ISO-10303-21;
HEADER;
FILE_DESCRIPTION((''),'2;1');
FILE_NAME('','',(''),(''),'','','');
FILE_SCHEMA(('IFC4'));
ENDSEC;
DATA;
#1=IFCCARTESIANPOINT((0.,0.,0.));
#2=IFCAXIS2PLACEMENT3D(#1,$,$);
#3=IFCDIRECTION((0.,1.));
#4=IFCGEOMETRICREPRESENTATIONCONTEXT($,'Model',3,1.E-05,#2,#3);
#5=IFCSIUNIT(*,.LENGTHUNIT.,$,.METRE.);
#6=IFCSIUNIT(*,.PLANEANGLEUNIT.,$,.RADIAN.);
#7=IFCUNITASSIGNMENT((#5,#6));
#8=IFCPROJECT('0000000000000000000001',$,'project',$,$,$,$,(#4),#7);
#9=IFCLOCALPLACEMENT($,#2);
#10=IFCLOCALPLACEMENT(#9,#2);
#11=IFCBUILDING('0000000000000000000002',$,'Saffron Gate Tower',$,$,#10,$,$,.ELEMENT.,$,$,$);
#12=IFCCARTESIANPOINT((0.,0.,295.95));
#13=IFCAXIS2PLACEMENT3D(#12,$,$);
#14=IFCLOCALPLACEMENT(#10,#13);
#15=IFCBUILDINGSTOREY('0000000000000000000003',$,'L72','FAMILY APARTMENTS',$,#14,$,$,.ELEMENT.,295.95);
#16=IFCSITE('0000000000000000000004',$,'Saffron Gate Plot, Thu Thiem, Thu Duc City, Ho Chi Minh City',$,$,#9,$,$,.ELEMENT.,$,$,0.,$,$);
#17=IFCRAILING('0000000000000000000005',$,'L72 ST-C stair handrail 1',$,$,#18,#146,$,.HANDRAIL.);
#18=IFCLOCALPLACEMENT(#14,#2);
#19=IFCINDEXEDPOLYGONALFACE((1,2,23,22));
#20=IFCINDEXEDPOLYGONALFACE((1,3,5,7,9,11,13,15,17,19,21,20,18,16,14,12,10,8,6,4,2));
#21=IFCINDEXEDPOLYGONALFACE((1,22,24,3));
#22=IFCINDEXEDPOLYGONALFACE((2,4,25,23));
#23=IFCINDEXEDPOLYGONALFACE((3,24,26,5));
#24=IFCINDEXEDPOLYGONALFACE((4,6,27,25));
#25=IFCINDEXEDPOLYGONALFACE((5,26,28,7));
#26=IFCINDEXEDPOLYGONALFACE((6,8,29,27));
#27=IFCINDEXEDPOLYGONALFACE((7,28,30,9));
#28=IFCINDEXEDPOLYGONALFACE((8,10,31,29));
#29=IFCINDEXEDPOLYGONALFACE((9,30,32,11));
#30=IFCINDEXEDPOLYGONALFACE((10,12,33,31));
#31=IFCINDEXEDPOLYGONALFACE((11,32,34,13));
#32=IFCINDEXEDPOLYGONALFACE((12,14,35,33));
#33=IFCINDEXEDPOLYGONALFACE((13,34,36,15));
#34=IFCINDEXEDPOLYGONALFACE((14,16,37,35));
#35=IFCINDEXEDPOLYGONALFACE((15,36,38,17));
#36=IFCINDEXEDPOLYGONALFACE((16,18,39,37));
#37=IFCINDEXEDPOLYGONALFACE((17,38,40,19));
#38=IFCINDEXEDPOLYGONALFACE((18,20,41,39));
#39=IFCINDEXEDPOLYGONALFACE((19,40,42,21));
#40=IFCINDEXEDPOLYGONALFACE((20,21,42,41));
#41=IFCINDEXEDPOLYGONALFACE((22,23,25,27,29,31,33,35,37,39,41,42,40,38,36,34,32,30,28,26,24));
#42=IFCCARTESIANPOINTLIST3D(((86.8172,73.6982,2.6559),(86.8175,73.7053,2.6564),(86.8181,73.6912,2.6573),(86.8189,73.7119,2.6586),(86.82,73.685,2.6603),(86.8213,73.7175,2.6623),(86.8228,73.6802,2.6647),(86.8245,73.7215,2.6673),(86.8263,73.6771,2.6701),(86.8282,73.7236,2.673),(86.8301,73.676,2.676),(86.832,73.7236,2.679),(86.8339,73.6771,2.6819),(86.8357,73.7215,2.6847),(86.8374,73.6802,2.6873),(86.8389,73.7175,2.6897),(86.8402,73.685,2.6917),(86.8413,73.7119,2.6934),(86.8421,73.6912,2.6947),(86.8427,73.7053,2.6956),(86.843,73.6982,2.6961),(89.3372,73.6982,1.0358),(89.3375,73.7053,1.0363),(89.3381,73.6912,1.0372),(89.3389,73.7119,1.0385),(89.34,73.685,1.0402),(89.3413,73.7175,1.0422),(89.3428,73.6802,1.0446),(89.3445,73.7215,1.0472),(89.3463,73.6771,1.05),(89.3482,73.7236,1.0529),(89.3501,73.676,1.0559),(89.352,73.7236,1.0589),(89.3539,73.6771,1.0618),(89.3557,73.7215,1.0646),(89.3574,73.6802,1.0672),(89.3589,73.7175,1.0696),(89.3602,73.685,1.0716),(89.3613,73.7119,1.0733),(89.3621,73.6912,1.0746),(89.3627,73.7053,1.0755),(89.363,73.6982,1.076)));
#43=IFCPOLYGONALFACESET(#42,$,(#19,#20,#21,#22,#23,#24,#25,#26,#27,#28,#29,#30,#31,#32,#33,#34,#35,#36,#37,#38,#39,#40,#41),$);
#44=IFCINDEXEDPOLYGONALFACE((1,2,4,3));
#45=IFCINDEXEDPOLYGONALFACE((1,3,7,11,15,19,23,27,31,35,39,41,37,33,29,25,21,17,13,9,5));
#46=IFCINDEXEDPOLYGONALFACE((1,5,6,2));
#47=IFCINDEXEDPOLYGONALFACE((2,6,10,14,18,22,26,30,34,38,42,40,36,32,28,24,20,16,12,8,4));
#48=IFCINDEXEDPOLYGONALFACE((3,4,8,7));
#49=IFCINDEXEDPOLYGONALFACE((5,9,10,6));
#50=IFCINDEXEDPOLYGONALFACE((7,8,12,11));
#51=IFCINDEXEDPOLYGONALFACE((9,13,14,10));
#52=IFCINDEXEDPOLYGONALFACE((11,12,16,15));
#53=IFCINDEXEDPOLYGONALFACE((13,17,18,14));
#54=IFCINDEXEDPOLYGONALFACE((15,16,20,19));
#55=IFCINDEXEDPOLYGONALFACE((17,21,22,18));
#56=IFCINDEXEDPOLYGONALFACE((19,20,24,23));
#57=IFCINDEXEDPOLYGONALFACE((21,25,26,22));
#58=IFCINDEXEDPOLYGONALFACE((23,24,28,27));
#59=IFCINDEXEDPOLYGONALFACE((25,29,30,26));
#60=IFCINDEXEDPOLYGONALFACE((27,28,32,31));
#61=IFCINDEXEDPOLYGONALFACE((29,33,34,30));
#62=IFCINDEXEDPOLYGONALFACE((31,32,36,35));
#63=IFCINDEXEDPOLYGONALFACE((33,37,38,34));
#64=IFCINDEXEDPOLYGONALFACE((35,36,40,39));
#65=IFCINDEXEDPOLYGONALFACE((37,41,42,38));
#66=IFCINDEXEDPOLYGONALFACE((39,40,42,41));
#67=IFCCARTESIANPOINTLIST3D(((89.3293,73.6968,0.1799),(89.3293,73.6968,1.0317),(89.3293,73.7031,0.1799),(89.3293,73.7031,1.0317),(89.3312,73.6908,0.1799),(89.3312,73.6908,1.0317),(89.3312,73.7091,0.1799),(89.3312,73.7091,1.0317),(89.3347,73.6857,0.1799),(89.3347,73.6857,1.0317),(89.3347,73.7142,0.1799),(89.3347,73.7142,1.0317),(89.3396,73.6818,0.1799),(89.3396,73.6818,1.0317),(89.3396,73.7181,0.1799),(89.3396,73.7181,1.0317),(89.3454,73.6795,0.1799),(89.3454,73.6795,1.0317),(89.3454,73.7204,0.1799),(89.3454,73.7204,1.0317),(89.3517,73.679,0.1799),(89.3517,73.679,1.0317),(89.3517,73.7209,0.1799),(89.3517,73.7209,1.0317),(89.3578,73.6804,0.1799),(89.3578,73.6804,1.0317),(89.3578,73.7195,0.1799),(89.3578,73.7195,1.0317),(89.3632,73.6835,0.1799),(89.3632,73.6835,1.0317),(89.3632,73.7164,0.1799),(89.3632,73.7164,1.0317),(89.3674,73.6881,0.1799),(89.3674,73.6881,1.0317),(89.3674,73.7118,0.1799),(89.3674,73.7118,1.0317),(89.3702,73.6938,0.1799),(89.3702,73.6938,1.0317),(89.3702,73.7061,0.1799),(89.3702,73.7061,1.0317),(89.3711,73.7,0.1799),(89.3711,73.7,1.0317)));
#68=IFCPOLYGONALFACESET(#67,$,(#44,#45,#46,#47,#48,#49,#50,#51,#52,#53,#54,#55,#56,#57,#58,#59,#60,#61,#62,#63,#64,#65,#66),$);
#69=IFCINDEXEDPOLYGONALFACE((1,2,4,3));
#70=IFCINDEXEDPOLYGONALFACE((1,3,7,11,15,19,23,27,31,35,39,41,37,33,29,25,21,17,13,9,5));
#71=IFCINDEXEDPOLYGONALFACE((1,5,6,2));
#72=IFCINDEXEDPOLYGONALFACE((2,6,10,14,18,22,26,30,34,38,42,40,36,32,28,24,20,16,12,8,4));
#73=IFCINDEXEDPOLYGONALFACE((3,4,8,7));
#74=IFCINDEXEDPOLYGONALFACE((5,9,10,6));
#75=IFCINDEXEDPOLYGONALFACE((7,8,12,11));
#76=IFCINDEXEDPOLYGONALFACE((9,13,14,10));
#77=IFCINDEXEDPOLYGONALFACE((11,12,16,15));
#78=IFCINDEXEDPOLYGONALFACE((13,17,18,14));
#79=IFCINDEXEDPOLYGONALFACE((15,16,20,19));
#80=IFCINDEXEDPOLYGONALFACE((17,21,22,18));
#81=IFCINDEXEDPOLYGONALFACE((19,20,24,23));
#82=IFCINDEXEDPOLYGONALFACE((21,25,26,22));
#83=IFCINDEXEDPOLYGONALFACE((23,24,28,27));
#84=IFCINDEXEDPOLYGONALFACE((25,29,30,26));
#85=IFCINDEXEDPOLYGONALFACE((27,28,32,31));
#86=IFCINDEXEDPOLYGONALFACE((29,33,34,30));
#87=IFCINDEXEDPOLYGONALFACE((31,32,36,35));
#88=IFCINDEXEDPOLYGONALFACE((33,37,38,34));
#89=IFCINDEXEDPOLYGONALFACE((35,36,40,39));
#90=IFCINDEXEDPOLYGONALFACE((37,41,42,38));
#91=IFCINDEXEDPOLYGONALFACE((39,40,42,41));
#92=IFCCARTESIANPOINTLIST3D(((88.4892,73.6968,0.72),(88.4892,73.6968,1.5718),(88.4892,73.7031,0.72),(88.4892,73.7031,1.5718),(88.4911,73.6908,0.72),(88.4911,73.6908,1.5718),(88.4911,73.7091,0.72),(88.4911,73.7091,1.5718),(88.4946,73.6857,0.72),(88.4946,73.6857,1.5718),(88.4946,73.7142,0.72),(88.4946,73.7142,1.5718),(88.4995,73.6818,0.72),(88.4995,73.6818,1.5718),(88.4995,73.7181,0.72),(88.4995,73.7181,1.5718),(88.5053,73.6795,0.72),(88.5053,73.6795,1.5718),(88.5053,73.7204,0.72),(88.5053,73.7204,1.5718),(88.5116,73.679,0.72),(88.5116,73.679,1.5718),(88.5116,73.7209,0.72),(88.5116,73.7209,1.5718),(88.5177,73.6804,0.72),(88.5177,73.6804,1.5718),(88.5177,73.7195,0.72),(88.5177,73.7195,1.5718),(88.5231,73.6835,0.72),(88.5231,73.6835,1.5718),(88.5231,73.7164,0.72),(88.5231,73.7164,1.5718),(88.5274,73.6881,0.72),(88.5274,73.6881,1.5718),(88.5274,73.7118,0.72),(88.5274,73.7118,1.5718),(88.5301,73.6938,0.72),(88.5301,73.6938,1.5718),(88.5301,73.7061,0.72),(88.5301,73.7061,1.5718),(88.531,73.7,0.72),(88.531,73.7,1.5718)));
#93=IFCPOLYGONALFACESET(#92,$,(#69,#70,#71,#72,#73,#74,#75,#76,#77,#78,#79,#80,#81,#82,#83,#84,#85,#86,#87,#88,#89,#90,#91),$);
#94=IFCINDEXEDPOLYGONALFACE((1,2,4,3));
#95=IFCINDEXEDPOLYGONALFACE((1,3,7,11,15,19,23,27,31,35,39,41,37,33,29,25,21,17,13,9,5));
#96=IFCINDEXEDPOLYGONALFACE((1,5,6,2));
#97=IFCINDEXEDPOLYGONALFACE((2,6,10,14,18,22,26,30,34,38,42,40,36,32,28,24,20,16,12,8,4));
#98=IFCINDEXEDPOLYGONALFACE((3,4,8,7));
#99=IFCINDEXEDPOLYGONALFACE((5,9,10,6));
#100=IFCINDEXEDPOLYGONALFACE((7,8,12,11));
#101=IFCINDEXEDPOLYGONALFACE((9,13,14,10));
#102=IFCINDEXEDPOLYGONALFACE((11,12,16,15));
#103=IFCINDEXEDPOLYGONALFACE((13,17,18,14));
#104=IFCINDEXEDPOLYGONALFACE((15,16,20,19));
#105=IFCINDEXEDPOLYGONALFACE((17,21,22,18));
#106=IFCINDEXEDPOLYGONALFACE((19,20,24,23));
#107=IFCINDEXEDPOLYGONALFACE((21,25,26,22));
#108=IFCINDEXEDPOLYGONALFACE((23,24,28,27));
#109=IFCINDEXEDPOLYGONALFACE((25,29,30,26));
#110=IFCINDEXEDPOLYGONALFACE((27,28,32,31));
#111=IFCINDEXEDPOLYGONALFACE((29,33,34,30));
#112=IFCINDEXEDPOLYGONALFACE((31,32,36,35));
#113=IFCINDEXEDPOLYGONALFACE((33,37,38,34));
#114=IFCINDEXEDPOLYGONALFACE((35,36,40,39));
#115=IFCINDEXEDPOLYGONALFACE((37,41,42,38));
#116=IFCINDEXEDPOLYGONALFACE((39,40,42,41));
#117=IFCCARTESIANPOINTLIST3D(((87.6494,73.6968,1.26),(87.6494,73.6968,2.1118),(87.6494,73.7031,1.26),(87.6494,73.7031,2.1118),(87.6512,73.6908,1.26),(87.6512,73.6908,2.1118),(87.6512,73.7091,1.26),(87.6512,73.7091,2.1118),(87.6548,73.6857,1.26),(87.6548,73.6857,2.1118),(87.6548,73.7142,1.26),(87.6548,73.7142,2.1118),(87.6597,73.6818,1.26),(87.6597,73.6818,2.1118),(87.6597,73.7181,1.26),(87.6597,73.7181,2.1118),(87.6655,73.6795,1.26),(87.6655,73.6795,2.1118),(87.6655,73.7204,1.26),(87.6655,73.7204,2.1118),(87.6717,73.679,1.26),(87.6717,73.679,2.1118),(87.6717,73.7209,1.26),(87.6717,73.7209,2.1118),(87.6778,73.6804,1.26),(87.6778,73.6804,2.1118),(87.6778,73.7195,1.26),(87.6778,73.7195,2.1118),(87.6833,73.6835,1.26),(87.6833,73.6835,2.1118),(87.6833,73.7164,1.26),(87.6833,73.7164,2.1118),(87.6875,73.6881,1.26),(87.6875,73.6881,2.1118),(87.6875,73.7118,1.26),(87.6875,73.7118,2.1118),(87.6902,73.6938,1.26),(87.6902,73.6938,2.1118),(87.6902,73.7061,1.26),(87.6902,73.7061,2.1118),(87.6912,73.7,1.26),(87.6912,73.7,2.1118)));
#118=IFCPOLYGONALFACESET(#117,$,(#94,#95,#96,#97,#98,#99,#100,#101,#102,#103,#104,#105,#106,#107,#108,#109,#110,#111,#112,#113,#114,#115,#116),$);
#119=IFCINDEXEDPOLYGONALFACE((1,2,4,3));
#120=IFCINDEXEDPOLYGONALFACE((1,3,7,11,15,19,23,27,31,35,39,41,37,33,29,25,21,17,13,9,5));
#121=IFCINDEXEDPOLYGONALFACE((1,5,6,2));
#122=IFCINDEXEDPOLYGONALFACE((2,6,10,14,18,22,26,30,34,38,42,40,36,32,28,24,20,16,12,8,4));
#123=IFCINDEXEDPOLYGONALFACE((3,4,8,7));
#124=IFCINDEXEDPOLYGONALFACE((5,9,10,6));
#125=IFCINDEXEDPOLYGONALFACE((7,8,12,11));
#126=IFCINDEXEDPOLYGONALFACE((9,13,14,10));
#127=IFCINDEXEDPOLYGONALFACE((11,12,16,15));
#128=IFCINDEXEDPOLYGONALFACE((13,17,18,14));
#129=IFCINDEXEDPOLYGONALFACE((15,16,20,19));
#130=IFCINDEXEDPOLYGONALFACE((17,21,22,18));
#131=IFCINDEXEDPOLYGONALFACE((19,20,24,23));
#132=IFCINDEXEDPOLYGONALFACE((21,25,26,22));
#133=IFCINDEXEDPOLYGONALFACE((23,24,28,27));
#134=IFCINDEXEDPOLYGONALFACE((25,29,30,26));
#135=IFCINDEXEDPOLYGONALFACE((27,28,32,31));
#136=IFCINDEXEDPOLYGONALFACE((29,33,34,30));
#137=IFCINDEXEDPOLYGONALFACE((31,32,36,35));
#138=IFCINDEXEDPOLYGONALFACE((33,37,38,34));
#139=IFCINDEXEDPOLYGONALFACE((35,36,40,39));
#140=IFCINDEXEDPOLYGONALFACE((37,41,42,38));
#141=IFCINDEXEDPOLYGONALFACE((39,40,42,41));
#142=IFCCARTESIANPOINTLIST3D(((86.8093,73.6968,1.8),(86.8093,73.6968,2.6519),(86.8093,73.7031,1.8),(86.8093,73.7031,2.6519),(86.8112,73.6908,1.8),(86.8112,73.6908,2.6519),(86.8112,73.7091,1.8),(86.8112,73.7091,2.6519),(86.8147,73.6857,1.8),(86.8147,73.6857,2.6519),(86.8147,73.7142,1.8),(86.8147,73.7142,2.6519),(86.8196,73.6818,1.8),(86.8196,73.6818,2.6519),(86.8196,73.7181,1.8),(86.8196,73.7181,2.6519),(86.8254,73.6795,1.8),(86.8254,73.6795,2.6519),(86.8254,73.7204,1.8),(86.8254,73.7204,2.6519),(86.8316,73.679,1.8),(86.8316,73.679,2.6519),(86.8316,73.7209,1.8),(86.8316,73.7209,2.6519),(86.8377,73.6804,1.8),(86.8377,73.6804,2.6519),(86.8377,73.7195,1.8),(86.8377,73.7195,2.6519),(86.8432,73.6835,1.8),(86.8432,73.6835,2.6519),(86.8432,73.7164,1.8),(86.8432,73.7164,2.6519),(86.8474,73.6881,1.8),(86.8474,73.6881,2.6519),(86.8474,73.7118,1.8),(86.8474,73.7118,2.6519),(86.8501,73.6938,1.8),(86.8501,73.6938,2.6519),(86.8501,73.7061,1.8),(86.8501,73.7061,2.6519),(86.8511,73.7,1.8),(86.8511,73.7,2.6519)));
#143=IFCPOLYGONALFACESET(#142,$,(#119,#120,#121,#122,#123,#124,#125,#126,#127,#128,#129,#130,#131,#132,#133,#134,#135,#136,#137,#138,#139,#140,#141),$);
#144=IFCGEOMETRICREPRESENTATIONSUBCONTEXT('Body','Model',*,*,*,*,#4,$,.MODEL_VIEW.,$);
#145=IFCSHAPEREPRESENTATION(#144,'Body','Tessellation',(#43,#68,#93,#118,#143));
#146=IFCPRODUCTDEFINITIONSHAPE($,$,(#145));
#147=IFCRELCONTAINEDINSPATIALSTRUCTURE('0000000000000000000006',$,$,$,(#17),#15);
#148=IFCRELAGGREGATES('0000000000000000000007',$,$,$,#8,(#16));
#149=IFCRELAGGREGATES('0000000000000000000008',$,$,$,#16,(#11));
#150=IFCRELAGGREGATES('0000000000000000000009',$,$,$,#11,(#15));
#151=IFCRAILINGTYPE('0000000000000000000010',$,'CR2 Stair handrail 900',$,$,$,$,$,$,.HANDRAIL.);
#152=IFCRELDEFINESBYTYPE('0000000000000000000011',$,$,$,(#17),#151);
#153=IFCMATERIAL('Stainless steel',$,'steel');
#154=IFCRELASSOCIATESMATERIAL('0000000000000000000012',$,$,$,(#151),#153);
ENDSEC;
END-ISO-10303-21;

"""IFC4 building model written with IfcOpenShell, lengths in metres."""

from ifc_helpers import new_model, si_unit, direction, frame, origin, origin_2d, place, context, subcontext, project, spatial, circle, extrude, material, type_object, element, save


model = new_model("IFC4")

# Units and contexts
model_context = context("Model", 3, precision=1e-05, world=origin(), true_north=direction((0.0, 1.0)))
body_context = subcontext(model_context, "Body", "Model", "MODEL_VIEW")
ifc_project = project(units=[si_unit("LENGTHUNIT", "METRE"), si_unit("PLANEANGLEUNIT", "RADIAN")], contexts=[model_context])

# Site, building, storey
site_placement = place(None, origin())
site = spatial("IfcSite", under=ifc_project, at=site_placement, Name="Saffron Gate Plot, Thu Thiem, Thu Duc City, Ho Chi Minh City", CompositionType="ELEMENT", RefElevation=0.0)
building_placement = place(site_placement, origin())
building = spatial("IfcBuilding", under=site, at=building_placement, Name="Saffron Gate Tower", CompositionType="ELEMENT")
storey_placement = place(building_placement, frame((0.0, 0.0, 295.95)))
storey = spatial("IfcBuildingStorey", under=building, at=storey_placement, Name="L72", Description="FAMILY APARTMENTS", CompositionType="ELEMENT", Elevation=295.95)

# Railing
ifc_material_1 = material(Name="Stainless steel", Category="steel")
railing_type_1 = type_object("IfcRailingType", Name="CR2 Stair handrail 900", PredefinedType="HANDRAIL", material=ifc_material_1)
railing_1_placement = place(storey_placement, frame((89.3501, 73.7, 0.1799)))
element("IfcRailing", 1, at=railing_1_placement, inside=storey, type_object=railing_type_1, Name="L72 ST-C stair handrail 1", PredefinedType="HANDRAIL", context=body_context, shape_type="SweptSolid", body=[
    extrude(circle(Radius=0.0239, at=origin_2d()), frame((0.0, 0.0, 0.876), z_axis=(-0.841163, 0.0, 0.540782), x_axis=(0.0, -1.0, 0.0)), (0.0, 0.0, 1.0), 2.9958),
    extrude(circle(Radius=0.021, at=origin_2d()), origin(), (0.0, 0.0, 1.0), 0.8518),
    extrude(circle(Radius=0.021, at=origin_2d()), frame((-0.8401, 0.0, 0.54)), (0.0, 0.0, 1.0), 0.8518),
    extrude(circle(Radius=0.021, at=origin_2d()), frame((-1.6799, 0.0, 1.0801)), (0.0, 0.0, 1.0), 0.8518),
    extrude(circle(Radius=0.021, at=origin_2d()), frame((-2.52, 0.0, 1.6201)), (0.0, 0.0, 1.0), 0.8518),
])

save(model, "model.ifc")
